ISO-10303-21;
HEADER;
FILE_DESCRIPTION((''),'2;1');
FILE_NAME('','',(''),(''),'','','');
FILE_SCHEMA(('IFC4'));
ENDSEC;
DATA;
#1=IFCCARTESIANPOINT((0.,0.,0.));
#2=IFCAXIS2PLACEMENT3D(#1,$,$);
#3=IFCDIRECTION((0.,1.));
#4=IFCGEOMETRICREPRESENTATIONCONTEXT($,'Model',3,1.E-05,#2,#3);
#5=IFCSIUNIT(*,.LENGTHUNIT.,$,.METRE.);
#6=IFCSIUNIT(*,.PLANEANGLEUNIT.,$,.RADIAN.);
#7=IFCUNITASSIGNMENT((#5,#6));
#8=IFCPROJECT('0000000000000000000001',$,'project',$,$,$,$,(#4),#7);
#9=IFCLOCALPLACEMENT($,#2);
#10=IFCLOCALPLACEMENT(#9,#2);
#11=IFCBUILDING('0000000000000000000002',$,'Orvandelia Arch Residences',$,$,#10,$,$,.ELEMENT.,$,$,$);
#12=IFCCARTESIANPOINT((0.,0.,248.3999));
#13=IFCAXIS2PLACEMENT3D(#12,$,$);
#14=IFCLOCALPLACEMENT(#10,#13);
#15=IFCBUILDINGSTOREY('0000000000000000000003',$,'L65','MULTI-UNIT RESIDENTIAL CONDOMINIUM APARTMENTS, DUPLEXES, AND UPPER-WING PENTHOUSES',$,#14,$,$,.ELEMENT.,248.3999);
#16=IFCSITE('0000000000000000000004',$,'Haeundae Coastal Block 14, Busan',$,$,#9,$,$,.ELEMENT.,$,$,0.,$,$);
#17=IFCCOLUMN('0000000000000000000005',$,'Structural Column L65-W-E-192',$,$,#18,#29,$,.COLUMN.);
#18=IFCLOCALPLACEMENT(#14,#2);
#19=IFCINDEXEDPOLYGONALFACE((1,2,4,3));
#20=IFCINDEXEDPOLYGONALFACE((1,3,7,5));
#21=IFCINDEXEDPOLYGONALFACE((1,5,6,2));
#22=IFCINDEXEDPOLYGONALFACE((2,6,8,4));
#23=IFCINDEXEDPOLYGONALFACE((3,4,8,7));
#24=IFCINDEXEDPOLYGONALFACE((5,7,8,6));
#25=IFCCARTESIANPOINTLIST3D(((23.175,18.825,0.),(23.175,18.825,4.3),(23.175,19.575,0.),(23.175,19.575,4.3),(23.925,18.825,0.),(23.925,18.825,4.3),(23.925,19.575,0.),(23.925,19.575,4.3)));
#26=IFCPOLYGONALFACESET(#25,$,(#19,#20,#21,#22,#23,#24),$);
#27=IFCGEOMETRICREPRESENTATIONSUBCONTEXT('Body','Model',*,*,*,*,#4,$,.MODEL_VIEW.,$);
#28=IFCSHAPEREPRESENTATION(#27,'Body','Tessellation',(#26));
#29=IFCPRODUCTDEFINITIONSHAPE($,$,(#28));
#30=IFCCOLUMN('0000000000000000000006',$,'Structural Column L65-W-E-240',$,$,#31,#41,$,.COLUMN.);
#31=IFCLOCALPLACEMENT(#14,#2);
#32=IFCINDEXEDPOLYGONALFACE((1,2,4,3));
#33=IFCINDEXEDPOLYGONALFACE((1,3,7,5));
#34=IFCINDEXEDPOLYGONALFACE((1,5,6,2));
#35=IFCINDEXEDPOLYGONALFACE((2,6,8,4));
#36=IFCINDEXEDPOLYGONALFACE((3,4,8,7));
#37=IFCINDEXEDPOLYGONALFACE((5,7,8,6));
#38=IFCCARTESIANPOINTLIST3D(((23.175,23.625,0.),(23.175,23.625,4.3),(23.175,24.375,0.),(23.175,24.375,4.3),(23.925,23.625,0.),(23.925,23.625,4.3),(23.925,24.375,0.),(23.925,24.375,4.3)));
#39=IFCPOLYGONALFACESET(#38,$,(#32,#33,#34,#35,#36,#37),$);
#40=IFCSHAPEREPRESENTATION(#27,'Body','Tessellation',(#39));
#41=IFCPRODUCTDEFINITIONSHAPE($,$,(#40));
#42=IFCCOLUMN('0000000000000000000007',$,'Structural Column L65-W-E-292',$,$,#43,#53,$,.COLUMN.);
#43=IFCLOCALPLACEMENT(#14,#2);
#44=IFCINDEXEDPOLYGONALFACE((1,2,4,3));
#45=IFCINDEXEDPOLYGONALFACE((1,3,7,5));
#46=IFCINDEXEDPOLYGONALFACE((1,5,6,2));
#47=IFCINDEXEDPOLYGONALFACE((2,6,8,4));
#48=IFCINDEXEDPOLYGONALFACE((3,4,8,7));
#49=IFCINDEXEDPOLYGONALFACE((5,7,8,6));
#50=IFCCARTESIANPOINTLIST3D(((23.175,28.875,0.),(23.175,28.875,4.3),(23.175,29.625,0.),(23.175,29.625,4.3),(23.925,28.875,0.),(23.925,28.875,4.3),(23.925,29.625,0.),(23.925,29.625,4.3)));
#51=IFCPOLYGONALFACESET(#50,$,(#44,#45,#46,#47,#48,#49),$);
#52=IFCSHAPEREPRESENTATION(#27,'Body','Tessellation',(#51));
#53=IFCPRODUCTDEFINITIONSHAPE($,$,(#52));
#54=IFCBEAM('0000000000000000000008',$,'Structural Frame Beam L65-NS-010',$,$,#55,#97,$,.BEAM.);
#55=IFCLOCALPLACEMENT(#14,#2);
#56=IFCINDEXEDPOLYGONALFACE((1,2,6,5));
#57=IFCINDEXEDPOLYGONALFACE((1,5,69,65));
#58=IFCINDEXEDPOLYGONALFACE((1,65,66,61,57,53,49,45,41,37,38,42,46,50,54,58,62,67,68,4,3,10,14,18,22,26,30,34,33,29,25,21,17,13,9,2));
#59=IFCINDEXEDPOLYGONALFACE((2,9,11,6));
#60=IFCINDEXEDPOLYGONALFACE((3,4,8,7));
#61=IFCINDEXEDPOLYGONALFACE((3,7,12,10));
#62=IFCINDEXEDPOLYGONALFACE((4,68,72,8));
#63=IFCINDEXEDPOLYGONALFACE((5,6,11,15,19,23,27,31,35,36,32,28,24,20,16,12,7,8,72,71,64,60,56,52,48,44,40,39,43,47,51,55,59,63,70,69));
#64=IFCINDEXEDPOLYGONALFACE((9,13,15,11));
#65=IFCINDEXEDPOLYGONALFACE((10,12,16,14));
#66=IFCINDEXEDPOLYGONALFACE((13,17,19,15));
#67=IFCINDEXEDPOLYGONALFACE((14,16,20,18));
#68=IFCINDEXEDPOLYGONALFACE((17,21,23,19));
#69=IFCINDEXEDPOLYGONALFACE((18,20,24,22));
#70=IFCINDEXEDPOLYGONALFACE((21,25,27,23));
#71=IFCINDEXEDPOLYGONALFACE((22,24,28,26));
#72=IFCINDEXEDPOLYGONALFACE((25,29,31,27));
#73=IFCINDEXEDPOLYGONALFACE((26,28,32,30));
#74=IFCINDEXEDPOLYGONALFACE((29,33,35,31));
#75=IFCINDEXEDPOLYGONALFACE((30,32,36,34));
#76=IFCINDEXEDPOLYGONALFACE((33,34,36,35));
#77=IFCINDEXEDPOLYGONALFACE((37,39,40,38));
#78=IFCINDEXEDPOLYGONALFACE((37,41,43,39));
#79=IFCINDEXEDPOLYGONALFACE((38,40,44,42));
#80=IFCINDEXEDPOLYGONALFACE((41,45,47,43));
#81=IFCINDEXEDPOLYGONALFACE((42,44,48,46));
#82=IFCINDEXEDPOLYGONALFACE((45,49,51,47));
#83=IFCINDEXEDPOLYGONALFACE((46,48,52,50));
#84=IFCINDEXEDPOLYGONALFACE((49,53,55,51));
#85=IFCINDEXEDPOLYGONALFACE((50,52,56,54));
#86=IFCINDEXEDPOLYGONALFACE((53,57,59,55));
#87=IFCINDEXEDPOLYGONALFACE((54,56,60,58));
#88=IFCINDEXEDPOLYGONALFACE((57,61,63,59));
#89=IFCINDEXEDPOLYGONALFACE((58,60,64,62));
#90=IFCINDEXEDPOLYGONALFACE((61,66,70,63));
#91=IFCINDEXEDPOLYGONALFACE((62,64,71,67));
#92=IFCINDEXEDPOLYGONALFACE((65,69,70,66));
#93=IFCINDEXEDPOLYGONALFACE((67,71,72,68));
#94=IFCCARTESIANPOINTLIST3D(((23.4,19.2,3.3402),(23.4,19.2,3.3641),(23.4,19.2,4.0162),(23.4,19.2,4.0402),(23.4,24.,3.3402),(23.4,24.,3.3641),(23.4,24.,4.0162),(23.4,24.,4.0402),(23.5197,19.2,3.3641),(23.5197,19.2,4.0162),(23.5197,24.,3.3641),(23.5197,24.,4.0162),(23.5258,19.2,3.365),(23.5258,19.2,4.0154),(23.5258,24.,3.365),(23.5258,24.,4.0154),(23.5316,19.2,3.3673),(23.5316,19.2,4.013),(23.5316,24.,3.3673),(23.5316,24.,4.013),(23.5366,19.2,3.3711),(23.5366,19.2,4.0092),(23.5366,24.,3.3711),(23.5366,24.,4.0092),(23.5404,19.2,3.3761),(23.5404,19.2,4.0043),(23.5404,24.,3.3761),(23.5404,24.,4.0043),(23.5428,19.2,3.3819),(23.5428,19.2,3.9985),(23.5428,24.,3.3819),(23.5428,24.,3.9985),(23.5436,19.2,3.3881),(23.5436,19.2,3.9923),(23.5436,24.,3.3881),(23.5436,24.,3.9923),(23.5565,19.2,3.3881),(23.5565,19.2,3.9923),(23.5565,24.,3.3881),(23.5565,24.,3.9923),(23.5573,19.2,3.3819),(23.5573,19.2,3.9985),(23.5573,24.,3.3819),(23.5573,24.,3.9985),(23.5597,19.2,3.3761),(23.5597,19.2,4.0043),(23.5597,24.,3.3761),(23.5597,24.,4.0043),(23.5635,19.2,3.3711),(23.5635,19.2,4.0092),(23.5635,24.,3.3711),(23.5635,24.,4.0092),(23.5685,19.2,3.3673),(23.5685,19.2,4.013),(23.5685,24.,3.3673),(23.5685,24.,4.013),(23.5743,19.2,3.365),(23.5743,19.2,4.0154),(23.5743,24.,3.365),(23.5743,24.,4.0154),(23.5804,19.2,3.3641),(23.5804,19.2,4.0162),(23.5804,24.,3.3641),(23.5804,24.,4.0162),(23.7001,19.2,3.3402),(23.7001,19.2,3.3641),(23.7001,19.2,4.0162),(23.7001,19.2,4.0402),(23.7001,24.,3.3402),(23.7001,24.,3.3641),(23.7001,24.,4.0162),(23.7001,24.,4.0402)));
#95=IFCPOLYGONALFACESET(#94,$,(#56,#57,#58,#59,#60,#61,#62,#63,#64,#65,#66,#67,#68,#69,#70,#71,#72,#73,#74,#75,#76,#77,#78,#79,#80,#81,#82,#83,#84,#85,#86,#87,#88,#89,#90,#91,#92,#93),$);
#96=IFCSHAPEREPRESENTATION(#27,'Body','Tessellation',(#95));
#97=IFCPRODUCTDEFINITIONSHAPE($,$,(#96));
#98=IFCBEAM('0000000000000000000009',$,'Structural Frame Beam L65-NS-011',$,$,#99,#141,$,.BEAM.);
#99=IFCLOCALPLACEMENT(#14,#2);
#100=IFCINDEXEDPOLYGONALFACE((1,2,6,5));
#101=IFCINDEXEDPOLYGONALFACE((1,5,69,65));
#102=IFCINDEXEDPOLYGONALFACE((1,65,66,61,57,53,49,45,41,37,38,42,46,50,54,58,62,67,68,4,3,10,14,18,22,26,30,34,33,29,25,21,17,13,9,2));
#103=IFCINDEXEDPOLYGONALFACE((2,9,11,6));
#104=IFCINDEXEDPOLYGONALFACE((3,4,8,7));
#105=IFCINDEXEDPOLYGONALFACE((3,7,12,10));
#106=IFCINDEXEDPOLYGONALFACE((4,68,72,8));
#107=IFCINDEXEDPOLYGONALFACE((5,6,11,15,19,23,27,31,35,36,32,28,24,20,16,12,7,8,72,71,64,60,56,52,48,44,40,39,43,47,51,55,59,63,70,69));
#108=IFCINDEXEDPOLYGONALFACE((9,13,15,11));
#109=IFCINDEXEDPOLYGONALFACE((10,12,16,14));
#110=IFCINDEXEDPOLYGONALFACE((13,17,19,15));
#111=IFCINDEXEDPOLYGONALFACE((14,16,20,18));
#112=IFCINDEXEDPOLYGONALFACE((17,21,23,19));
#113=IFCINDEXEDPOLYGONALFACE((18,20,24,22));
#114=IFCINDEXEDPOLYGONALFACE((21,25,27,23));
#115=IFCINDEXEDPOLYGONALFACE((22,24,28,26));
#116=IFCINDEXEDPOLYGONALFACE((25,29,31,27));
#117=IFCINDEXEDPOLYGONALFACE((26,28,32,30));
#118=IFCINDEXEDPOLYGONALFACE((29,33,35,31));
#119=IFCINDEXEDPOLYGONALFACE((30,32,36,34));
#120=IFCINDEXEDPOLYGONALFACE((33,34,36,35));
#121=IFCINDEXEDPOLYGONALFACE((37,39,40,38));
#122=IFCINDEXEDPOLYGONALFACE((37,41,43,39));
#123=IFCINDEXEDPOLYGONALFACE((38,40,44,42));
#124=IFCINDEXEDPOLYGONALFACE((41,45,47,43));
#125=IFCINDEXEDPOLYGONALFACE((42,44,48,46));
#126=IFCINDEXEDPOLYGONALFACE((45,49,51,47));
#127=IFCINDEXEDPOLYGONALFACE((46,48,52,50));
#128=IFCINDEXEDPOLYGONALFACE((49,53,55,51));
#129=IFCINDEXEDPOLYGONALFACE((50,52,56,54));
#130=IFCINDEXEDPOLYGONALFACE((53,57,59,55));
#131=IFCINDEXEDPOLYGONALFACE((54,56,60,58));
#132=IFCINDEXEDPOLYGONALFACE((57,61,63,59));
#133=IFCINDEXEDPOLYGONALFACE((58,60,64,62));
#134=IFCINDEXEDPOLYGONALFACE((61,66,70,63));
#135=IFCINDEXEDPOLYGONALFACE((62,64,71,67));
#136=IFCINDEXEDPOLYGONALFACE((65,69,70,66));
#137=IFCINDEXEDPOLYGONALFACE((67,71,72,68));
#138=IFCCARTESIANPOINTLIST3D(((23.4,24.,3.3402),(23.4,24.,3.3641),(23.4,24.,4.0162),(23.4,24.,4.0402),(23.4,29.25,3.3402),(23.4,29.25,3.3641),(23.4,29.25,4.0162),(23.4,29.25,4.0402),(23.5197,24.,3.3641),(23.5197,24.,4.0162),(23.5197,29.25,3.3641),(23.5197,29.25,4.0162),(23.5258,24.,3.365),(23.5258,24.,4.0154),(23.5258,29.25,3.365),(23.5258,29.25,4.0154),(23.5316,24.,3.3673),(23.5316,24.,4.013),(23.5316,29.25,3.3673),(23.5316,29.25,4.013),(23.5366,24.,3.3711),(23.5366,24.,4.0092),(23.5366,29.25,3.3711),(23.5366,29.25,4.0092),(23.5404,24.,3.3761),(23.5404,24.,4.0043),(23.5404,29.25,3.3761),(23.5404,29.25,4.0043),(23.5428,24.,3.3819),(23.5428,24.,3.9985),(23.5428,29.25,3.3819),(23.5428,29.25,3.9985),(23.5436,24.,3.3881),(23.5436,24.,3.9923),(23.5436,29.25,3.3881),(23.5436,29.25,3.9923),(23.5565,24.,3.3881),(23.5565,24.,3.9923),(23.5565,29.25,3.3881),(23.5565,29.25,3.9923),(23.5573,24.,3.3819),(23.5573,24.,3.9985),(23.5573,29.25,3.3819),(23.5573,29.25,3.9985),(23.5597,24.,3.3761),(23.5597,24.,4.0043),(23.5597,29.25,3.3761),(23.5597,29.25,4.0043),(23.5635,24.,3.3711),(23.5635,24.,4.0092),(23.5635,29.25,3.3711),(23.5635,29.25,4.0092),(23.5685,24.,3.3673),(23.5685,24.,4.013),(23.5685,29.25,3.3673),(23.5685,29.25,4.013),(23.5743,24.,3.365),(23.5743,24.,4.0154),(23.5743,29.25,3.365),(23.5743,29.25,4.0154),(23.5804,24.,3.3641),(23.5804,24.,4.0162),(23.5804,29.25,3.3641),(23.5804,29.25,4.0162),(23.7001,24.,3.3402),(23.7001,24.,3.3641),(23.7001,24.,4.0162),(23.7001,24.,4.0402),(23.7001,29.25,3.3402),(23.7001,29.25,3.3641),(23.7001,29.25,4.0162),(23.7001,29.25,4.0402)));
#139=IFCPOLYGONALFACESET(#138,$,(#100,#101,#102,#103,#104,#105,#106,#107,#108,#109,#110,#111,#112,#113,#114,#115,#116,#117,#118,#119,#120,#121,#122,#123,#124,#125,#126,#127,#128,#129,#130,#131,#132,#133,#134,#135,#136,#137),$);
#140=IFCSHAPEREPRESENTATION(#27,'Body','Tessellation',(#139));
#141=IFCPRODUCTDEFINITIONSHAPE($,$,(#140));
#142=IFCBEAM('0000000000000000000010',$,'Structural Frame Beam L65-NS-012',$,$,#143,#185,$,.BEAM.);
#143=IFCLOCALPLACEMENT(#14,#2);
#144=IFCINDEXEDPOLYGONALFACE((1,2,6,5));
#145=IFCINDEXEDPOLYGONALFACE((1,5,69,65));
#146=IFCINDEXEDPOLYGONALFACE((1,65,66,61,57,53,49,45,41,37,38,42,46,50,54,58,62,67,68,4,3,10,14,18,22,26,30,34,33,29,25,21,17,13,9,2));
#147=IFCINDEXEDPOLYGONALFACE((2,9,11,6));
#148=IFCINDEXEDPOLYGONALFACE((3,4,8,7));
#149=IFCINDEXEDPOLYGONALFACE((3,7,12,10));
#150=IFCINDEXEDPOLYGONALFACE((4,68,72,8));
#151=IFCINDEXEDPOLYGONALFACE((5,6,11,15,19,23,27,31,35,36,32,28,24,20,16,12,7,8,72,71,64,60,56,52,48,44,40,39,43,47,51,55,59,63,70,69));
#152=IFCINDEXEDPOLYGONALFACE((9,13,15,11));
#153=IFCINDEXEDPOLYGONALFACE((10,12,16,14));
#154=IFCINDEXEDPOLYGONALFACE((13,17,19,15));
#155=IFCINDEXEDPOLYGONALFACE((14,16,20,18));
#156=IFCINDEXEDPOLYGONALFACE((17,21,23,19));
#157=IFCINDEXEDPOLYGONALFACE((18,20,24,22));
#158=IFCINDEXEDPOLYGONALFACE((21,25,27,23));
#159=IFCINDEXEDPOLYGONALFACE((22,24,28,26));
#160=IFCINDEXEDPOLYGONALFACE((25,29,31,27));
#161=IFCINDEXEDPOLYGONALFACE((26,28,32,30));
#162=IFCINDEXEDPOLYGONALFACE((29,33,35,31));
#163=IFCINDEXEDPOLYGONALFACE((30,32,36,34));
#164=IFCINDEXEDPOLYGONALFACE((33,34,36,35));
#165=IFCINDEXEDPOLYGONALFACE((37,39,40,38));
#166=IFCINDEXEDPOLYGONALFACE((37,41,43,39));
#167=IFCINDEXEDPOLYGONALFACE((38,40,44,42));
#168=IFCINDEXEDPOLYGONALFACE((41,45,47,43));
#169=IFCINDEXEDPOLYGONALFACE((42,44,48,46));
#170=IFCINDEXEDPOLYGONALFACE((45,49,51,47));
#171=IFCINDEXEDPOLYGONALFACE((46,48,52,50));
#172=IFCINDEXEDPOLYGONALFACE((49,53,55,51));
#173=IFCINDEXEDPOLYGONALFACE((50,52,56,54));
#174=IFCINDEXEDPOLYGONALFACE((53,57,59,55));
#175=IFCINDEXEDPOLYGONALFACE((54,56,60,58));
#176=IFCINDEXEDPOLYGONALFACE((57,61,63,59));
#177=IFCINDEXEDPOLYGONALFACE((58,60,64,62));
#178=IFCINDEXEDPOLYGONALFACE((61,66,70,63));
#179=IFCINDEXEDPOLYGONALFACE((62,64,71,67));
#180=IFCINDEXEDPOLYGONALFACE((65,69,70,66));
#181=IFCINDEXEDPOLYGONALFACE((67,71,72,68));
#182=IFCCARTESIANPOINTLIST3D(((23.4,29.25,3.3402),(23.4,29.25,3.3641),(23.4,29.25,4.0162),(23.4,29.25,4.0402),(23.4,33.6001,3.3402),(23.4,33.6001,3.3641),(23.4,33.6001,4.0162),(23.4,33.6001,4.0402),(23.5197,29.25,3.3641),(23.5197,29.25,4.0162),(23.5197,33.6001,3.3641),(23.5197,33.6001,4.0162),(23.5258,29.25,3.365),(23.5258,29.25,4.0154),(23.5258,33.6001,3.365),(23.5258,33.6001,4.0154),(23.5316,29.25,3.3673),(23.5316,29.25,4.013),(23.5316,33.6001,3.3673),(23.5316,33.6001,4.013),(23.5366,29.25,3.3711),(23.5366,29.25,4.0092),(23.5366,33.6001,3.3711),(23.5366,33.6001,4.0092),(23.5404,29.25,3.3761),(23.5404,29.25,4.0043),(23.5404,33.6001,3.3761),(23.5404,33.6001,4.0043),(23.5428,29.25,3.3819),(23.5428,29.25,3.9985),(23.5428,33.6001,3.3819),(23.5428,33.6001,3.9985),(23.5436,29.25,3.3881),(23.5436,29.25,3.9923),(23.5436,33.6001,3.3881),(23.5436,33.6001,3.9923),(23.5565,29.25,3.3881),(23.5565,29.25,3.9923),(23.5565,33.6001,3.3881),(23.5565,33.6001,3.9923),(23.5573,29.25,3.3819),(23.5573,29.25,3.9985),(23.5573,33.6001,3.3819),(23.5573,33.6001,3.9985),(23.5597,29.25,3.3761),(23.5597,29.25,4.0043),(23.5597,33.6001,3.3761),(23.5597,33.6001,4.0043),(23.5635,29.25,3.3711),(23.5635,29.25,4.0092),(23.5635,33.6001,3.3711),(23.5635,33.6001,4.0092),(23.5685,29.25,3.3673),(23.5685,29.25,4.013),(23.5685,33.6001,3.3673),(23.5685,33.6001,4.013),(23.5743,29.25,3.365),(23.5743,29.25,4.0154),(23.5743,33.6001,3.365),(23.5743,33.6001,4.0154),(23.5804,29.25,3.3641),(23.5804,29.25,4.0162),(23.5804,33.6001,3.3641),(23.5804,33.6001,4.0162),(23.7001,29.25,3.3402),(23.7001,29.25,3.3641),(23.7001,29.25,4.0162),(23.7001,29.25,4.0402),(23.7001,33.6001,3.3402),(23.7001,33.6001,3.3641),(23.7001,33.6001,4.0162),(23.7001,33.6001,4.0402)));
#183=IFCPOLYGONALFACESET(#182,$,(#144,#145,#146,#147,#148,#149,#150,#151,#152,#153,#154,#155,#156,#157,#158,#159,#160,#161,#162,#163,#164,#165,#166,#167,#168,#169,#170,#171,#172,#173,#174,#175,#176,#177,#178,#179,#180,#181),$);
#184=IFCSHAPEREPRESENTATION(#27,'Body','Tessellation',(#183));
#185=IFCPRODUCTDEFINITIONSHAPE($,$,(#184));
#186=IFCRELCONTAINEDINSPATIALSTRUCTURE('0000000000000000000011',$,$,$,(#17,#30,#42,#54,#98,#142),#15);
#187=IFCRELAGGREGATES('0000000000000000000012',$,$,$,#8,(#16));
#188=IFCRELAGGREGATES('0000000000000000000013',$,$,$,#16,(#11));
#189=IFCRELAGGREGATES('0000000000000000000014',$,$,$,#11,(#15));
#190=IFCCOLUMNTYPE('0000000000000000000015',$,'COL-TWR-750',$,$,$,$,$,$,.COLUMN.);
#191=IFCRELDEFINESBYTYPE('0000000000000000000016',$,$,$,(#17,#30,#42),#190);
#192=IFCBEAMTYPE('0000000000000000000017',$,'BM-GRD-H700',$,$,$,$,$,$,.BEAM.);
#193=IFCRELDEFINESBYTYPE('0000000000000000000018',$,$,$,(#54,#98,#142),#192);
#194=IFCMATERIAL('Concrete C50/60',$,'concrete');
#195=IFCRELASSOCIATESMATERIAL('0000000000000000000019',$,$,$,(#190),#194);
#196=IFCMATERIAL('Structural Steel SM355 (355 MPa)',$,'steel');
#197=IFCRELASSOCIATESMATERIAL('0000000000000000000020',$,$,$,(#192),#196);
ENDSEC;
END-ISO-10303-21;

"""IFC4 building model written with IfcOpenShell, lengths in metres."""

from ifc_helpers import new_model, si_unit, direction, frame, origin, origin_2d, place, context, subcontext, project, spatial, rectangle, i_section, extrude, material, material_profile, profile_set, type_object, element, save


model = new_model("IFC4")

# Units and contexts
model_context = context("Model", 3, precision=1e-05, world=origin(), true_north=direction((0.0, 1.0)))
body_context = subcontext(model_context, "Body", "Model", "MODEL_VIEW")
ifc_project = project(units=[si_unit("LENGTHUNIT", "METRE"), si_unit("PLANEANGLEUNIT", "RADIAN")], contexts=[model_context])

# Site, building, storey
site_placement = place(None, origin())
site = spatial("IfcSite", under=ifc_project, at=site_placement, Name="Haeundae Coastal Block 14, Busan", CompositionType="ELEMENT", RefElevation=0.0)
building_placement = place(site_placement, origin())
building = spatial("IfcBuilding", under=site, at=building_placement, Name="Orvandelia Arch Residences", CompositionType="ELEMENT")
storey_placement = place(building_placement, frame((0.0, 0.0, 248.3999)))
storey = spatial("IfcBuildingStorey", under=building, at=storey_placement, Name="L65", Description="MULTI-UNIT RESIDENTIAL CONDOMINIUM APARTMENTS, DUPLEXES, AND UPPER-WING PENTHOUSES", CompositionType="ELEMENT", Elevation=248.3999)

# Columns
ifc_material_1 = material(Name="Concrete C50/60", Category="concrete")
ifc_material_profile_1 = material_profile(ifc_material_1, rectangle(XDim=0.75, YDim=0.75, at=origin_2d()), Name="Concrete C50/60", Category="concrete")
ifc_profile_set_1 = profile_set([ifc_material_profile_1], Name="Concrete C50/60")
column_type = type_object("IfcColumnType", Name="COL-TWR-750", PredefinedType="COLUMN", material=ifc_profile_set_1)
for number, where, z_axis, x_axis, name in (
    (1, (23.55, 19.2, 0.0), (0.0, 0.0, 1.0), (1.0, 0.0, 0.0), "Structural Column L65-W-E-192"),
    (2, (23.55, 24.0, 0.0), (0.0, 0.0, 1.0), (1.0, 0.0, 0.0), "Structural Column L65-W-E-240"),
    (3, (23.55, 29.25, 0.0), (0.0, 0.0, 1.0), (1.0, 0.0, 0.0), "Structural Column L65-W-E-292"),
):
    element("IfcColumn", number, at=place(storey_placement, frame(where, z_axis=z_axis, x_axis=x_axis)), inside=storey, type_object=column_type, Name=name, PredefinedType="COLUMN", context=body_context, shape_type="SweptSolid", body=[
        extrude(rectangle(XDim=0.75, YDim=0.75, at=origin_2d()), origin(), (0.0, 0.0, 1.0), 4.3),
    ])

# Beams
ifc_material_2 = material(Name="Structural Steel SM355 (355 MPa)", Category="steel")
ifc_material_profile_2 = material_profile(ifc_material_2, i_section(OverallWidth=0.3, OverallDepth=0.7, WebThickness=0.0129, FlangeThickness=0.0239, FilletRadius=0.0239, at=origin_2d()), Name="Structural Steel SM355 (355 MPa)", Category="steel")
ifc_profile_set_2 = profile_set([ifc_material_profile_2], Name="Structural Steel SM355 (355 MPa)")
beam_type = type_object("IfcBeamType", Name="BM-GRD-H700", PredefinedType="BEAM", material=ifc_profile_set_2)
beam_1_placement = place(storey_placement, frame((23.55, 19.2, 3.6902), z_axis=(0.0, 1.0, 0.0), x_axis=(-1.0, 0.0, 0.0)))
element("IfcBeam", 4, at=beam_1_placement, inside=storey, type_object=beam_type, Name="Structural Frame Beam L65-NS-010", PredefinedType="BEAM", context=body_context, shape_type="SweptSolid", body=[
    extrude(i_section(OverallWidth=0.3, OverallDepth=0.7, WebThickness=0.0129, FlangeThickness=0.0239, FilletRadius=0.0239, at=origin_2d()), origin(), (0.0, 0.0, 1.0), 4.8),
])
beam_2_placement = place(storey_placement, frame((23.55, 24.0, 3.6902), z_axis=(0.0, 1.0, 0.0), x_axis=(-1.0, 0.0, 0.0)))
element("IfcBeam", 5, at=beam_2_placement, inside=storey, type_object=beam_type, Name="Structural Frame Beam L65-NS-011", PredefinedType="BEAM", context=body_context, shape_type="SweptSolid", body=[
    extrude(i_section(OverallWidth=0.3, OverallDepth=0.7, WebThickness=0.0129, FlangeThickness=0.0239, FilletRadius=0.0239, at=origin_2d()), origin(), (0.0, 0.0, 1.0), 5.25),
])
beam_3_placement = place(storey_placement, frame((23.55, 29.25, 3.6902), z_axis=(0.0, 1.0, 0.0), x_axis=(-1.0, 0.0, 0.0)))
element("IfcBeam", 6, at=beam_3_placement, inside=storey, type_object=beam_type, Name="Structural Frame Beam L65-NS-012", PredefinedType="BEAM", context=body_context, shape_type="SweptSolid", body=[
    extrude(i_section(OverallWidth=0.3, OverallDepth=0.7, WebThickness=0.0129, FlangeThickness=0.0239, FilletRadius=0.0239, at=origin_2d()), origin(), (0.0, 0.0, 1.0), 4.3501),
])

save(model, "model.ifc")
